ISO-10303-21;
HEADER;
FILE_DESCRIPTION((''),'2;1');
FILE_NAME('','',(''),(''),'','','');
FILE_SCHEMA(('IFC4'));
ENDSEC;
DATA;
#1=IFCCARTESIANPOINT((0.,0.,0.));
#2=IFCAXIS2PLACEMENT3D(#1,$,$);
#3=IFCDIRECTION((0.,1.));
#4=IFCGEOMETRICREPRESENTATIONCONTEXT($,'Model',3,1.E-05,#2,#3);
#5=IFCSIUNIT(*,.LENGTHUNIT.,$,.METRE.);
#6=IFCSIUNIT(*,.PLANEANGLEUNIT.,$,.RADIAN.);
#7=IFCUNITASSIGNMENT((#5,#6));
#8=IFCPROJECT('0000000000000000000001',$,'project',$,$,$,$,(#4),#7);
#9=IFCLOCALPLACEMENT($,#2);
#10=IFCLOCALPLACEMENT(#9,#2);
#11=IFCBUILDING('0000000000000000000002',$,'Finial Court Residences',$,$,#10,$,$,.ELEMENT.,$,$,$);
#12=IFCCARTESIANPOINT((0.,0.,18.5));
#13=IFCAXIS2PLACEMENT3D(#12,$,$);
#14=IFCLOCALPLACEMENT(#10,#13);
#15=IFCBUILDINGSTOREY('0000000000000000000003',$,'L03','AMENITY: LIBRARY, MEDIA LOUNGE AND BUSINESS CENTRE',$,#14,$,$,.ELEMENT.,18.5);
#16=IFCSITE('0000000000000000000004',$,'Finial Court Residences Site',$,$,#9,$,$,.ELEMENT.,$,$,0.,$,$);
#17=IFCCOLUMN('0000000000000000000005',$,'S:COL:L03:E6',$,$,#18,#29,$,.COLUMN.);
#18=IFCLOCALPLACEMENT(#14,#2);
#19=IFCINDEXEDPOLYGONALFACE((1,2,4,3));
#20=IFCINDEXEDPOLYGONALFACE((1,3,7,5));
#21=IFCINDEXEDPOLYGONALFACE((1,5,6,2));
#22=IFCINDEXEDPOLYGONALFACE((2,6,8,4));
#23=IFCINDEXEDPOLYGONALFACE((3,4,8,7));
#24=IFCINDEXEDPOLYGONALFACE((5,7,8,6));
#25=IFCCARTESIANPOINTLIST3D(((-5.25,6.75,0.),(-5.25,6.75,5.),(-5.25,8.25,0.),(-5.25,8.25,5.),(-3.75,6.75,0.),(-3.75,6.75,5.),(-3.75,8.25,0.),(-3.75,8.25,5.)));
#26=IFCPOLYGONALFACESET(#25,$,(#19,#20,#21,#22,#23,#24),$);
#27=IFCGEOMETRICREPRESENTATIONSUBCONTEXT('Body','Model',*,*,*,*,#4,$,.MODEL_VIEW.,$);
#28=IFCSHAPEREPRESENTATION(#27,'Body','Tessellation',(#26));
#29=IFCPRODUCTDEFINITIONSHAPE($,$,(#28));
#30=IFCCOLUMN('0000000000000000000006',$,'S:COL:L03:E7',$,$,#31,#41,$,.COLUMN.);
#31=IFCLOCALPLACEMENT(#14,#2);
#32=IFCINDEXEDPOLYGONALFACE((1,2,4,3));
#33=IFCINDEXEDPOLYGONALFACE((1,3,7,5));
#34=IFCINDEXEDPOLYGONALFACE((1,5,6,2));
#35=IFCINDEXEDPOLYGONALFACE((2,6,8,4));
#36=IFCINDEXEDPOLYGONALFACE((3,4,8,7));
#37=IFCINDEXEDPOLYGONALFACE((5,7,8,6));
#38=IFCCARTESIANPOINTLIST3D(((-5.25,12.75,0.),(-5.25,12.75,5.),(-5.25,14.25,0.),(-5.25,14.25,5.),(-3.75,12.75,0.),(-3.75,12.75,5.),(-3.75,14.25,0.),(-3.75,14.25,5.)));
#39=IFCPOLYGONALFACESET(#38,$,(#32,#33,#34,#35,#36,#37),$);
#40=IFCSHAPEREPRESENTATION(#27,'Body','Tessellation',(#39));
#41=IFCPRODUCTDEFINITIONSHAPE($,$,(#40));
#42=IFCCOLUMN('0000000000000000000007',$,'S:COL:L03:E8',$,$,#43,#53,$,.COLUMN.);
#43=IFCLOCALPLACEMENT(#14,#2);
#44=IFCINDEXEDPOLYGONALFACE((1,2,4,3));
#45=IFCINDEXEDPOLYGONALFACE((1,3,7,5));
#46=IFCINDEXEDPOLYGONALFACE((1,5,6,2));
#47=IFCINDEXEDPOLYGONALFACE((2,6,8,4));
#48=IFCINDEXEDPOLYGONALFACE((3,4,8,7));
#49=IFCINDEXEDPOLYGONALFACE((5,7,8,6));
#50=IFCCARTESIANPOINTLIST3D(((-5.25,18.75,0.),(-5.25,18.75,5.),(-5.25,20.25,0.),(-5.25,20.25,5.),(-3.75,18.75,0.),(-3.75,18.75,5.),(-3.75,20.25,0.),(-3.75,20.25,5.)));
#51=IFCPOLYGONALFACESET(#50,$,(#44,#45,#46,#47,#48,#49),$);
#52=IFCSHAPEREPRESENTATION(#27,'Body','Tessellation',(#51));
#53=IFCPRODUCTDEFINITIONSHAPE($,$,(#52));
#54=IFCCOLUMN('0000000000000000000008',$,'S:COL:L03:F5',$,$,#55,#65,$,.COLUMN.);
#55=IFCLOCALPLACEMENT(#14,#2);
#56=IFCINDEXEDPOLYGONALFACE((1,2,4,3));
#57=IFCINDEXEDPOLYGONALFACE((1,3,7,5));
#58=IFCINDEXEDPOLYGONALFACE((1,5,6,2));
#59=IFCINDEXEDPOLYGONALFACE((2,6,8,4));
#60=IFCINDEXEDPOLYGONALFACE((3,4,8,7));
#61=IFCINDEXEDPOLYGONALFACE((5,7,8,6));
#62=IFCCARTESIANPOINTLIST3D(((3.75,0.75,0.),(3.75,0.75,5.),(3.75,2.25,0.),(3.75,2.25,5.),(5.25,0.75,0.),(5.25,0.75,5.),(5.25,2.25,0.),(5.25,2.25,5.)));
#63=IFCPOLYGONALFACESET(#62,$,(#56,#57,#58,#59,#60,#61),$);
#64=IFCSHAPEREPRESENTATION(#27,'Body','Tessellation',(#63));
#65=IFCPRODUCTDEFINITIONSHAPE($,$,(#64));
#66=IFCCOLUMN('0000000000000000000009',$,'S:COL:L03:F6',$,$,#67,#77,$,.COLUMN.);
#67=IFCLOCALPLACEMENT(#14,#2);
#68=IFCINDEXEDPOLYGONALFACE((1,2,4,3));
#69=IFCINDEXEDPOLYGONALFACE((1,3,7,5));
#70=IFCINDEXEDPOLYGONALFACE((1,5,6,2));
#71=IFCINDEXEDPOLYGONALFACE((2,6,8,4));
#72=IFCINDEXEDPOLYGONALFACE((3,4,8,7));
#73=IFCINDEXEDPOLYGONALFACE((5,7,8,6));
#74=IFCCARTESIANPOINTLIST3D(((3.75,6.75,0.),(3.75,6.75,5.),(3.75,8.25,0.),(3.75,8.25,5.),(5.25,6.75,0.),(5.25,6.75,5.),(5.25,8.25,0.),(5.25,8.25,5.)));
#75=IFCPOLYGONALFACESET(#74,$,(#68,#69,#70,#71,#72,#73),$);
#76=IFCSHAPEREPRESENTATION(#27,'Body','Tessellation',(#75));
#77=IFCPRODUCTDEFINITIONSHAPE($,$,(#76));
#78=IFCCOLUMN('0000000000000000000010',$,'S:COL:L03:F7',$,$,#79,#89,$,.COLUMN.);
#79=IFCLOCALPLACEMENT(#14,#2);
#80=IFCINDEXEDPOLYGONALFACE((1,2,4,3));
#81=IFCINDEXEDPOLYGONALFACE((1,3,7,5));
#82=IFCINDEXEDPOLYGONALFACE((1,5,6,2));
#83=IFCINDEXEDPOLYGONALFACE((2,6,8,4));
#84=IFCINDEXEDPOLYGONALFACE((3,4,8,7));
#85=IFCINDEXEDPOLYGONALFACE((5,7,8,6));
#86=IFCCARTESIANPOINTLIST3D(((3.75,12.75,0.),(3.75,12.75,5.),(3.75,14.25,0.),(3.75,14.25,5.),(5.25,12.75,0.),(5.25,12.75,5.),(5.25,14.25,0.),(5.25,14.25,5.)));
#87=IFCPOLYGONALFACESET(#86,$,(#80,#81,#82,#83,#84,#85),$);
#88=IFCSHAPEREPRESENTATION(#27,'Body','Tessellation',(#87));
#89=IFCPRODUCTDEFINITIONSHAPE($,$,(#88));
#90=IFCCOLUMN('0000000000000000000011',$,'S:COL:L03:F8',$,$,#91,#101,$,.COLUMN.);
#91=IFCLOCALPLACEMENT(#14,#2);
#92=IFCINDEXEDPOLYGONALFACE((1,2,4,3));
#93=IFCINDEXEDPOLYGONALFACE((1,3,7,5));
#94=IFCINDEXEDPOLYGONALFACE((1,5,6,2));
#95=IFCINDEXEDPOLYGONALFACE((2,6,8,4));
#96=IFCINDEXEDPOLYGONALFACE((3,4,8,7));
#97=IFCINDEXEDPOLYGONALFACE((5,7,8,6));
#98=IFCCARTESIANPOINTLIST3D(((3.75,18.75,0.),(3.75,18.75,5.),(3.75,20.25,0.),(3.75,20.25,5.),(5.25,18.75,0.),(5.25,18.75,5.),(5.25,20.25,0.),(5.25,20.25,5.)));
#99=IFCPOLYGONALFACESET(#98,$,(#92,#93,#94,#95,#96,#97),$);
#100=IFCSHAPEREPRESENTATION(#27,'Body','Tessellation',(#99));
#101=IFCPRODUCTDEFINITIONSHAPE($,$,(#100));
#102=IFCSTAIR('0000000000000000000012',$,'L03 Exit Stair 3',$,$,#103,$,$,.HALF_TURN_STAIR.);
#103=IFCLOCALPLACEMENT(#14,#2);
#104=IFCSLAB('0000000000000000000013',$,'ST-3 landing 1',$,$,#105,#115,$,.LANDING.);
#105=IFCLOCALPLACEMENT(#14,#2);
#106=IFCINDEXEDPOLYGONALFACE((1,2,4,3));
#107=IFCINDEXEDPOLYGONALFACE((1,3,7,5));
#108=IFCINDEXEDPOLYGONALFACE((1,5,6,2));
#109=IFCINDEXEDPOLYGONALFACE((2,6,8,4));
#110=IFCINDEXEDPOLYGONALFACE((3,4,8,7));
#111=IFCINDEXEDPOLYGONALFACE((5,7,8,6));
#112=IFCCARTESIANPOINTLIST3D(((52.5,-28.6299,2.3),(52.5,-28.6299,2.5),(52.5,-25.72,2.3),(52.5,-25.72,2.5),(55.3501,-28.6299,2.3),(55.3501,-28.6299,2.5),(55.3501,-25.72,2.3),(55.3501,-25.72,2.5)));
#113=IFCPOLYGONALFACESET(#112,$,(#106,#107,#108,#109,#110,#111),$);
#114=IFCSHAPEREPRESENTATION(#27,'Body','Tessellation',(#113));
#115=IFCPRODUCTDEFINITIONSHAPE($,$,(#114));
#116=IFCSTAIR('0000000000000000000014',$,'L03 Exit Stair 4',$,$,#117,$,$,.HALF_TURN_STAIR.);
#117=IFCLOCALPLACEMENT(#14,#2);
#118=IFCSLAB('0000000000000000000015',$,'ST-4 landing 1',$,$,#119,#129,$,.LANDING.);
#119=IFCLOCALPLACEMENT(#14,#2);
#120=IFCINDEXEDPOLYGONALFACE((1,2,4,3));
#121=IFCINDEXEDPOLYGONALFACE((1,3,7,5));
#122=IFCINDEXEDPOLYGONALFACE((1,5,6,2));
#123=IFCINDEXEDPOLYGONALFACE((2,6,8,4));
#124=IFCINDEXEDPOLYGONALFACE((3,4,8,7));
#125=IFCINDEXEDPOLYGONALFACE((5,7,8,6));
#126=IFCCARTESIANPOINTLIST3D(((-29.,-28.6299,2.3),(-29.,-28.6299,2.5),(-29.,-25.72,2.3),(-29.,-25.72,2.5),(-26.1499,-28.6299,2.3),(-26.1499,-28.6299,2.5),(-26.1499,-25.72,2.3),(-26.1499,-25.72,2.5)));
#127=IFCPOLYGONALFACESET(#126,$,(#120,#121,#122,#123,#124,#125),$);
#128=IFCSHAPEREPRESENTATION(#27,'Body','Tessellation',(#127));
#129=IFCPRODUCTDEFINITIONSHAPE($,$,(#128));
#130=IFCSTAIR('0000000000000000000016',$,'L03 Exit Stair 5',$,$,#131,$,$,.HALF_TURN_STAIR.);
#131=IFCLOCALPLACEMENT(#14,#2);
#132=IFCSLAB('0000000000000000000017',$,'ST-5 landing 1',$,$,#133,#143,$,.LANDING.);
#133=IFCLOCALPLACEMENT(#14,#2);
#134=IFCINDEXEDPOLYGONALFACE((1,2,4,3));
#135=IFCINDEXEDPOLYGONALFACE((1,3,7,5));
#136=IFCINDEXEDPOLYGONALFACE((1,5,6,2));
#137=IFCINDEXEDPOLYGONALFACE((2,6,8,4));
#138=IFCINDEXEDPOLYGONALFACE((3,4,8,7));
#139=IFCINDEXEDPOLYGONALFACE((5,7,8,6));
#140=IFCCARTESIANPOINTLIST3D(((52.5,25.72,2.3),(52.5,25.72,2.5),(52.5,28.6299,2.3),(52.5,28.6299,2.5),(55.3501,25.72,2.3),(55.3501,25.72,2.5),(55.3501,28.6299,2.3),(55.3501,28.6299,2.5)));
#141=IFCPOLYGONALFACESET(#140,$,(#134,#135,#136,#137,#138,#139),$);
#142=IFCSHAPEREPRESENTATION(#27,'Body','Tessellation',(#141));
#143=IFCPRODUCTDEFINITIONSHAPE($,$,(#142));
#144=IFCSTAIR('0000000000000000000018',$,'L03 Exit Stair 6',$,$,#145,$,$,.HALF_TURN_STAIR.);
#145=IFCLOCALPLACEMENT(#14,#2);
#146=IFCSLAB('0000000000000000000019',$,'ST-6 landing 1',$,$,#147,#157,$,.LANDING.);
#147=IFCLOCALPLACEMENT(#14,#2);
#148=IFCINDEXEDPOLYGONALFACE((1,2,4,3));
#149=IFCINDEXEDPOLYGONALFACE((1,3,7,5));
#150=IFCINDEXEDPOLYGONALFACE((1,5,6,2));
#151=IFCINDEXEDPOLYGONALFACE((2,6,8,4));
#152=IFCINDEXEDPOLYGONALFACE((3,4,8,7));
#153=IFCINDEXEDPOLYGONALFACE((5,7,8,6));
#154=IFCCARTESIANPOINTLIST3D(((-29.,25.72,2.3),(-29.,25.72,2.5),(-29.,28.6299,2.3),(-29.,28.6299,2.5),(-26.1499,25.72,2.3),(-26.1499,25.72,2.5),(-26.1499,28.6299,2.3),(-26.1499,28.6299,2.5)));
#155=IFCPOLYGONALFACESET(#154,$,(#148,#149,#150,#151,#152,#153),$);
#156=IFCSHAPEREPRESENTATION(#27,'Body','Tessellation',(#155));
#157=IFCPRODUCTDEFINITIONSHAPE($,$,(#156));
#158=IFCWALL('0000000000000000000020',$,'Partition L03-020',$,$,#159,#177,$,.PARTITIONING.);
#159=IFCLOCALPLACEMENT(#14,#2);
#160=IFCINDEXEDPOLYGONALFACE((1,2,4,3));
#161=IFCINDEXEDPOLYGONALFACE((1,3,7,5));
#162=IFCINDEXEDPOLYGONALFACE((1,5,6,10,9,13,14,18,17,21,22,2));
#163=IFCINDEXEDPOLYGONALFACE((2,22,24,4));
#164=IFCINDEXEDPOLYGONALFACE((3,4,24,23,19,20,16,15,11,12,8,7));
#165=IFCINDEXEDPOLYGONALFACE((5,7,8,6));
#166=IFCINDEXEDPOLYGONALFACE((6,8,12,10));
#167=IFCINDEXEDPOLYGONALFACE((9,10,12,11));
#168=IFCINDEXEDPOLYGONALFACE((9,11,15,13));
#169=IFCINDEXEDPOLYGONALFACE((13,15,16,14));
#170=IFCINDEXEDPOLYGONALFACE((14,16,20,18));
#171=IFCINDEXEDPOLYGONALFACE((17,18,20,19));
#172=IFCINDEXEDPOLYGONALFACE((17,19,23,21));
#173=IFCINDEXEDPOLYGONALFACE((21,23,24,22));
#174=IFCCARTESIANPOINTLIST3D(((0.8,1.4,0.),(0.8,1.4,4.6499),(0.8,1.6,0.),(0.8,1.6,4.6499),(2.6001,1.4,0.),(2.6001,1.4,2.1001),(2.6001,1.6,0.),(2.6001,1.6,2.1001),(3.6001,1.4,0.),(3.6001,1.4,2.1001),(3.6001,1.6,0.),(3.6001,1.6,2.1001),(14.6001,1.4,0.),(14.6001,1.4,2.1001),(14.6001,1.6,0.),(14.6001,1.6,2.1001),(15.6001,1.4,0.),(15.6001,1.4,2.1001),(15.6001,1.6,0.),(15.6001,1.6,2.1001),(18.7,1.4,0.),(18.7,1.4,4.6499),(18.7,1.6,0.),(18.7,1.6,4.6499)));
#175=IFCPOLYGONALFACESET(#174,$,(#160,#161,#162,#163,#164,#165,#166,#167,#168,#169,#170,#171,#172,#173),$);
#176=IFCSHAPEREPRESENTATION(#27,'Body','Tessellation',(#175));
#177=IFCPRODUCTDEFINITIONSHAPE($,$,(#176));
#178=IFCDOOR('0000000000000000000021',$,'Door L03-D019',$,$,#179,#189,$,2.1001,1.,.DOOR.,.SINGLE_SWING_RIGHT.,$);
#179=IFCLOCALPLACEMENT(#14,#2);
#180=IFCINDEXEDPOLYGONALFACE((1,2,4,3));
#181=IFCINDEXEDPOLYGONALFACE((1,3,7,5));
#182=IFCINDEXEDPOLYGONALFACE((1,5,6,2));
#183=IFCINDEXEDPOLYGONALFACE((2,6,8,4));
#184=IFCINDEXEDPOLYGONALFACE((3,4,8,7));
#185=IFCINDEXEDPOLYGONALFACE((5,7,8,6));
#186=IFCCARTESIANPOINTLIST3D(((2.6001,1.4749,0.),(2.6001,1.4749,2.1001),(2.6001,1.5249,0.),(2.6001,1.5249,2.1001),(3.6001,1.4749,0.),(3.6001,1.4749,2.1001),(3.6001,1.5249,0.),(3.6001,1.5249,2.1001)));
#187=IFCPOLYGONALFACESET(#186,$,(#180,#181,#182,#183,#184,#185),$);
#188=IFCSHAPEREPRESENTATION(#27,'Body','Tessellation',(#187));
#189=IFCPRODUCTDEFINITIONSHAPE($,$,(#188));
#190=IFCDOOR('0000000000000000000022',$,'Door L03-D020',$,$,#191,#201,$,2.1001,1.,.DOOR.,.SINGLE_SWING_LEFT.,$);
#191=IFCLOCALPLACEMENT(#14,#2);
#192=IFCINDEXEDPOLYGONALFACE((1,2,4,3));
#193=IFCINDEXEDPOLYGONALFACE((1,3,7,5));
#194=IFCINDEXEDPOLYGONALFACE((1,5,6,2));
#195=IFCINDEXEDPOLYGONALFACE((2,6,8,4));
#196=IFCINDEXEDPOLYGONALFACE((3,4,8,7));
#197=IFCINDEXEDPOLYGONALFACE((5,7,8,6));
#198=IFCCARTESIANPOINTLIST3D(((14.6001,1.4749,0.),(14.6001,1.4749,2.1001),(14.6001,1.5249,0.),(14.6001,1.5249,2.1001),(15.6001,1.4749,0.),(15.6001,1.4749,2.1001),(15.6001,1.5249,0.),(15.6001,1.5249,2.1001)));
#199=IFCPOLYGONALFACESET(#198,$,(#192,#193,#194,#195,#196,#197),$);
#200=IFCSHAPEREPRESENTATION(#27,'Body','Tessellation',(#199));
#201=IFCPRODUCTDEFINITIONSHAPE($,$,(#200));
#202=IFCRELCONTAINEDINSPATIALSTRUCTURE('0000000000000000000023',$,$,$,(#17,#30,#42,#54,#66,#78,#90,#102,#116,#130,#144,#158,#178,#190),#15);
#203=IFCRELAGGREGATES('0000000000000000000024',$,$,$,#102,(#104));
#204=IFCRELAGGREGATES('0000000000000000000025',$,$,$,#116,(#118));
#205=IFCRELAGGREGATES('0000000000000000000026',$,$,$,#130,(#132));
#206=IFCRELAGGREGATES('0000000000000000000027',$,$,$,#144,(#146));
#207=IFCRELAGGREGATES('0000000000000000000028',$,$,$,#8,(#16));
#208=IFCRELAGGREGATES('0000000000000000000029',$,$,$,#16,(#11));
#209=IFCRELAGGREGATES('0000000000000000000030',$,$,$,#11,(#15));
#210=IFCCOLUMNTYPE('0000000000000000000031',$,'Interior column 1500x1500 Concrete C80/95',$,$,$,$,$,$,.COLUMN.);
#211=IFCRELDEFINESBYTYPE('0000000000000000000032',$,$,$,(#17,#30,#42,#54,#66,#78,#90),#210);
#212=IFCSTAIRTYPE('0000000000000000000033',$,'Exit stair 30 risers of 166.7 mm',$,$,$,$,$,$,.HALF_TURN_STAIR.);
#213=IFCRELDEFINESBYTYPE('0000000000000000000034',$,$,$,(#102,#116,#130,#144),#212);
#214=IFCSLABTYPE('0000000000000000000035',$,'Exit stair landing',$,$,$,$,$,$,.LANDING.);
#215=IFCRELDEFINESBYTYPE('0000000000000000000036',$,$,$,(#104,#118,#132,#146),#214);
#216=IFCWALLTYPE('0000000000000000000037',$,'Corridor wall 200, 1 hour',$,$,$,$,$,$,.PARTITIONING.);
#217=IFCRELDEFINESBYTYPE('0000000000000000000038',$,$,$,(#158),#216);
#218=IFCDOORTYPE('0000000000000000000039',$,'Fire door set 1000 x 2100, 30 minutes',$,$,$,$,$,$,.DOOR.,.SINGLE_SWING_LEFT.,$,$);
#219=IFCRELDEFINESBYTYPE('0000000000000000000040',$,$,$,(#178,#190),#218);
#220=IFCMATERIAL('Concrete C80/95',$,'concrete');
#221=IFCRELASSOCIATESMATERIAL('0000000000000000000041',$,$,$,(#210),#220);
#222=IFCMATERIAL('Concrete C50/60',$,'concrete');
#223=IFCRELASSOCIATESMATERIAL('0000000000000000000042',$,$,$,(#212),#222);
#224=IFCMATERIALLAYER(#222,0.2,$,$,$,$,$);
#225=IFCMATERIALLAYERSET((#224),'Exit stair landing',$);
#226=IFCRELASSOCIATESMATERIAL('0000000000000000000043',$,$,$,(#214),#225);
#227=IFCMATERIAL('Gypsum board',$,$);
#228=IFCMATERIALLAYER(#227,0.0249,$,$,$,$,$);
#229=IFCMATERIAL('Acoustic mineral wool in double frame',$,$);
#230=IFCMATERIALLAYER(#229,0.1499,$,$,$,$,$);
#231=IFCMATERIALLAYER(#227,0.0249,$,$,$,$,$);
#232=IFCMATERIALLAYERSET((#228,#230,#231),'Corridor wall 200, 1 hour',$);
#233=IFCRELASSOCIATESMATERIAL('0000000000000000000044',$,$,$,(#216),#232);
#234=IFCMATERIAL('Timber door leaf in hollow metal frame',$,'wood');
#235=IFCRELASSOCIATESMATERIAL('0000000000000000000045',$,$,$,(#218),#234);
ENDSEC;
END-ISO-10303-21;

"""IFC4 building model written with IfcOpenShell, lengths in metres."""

from ifc_helpers import new_model, si_unit, direction, frame, frame_2d, origin, origin_2d, place, context, subcontext, project, spatial, polyline, rectangle, outline, extrude, material, layer, layer_set, material_profile, profile_set, type_object, element, fill, aggregate, save


model = new_model("IFC4")

# Units and contexts
model_context = context("Model", 3, precision=1e-05, world=origin(), true_north=direction((0.0, 1.0)))
body_context = subcontext(model_context, "Body", "Model", "MODEL_VIEW")
ifc_project = project(units=[si_unit("LENGTHUNIT", "METRE"), si_unit("PLANEANGLEUNIT", "RADIAN")], contexts=[model_context])

# Site, building, storey
site_placement = place(None, origin())
site = spatial("IfcSite", under=ifc_project, at=site_placement, Name="Finial Court Residences Site", CompositionType="ELEMENT", RefElevation=0.0)
building_placement = place(site_placement, origin())
building = spatial("IfcBuilding", under=site, at=building_placement, Name="Finial Court Residences", CompositionType="ELEMENT")
storey_placement = place(building_placement, frame((0.0, 0.0, 18.5)))
storey = spatial("IfcBuildingStorey", under=building, at=storey_placement, Name="L03", Description="AMENITY: LIBRARY, MEDIA LOUNGE AND BUSINESS CENTRE", CompositionType="ELEMENT", Elevation=18.5)

# Columns
ifc_material_1 = material(Name="Concrete C80/95", Category="concrete")
ifc_material_profile = material_profile(ifc_material_1, rectangle(XDim=1.5, YDim=1.5, at=origin_2d()), Name="1500x1500")
ifc_profile_set = profile_set([ifc_material_profile], Name="Concrete C80/95")
column_type = type_object("IfcColumnType", Name="Interior column 1500x1500 Concrete C80/95", PredefinedType="COLUMN", material=ifc_profile_set)
for number, where, z_axis, x_axis, name in (
    (1, (-4.5, 7.5, 0.0), (0.0, 0.0, 1.0), (1.0, 0.0, 0.0), "S:COL:L03:E6"),
    (2, (-4.5, 13.5, 0.0), (0.0, 0.0, 1.0), (1.0, 0.0, 0.0), "S:COL:L03:E7"),
    (3, (-4.5, 19.5, 0.0), (0.0, 0.0, 1.0), (1.0, 0.0, 0.0), "S:COL:L03:E8"),
    (4, (4.5, 1.5, 0.0), (0.0, 0.0, 1.0), (1.0, 0.0, 0.0), "S:COL:L03:F5"),
    (5, (4.5, 7.5, 0.0), (0.0, 0.0, 1.0), (1.0, 0.0, 0.0), "S:COL:L03:F6"),
    (6, (4.5, 13.5, 0.0), (0.0, 0.0, 1.0), (1.0, 0.0, 0.0), "S:COL:L03:F7"),
    (7, (4.5, 19.5, 0.0), (0.0, 0.0, 1.0), (1.0, 0.0, 0.0), "S:COL:L03:F8"),
):
    element("IfcColumn", number, at=place(storey_placement, frame(where, z_axis=z_axis, x_axis=x_axis)), inside=storey, type_object=column_type, Name=name, PredefinedType="COLUMN", context=body_context, shape_type="SweptSolid", body=[
        extrude(rectangle(XDim=1.5, YDim=1.5, at=origin_2d()), origin(), (0.0, 0.0, 1.0), 5.0),
    ])

# Stairs, slabs
ifc_material_2 = material(Name="Concrete C50/60", Category="concrete")
stair_type = type_object("IfcStairType", Name="Exit stair 30 risers of 166.7 mm", PredefinedType="HALF_TURN_STAIR", material=ifc_material_2)
stair_1_placement = place(storey_placement, origin())
stair_1 = element("IfcStair", 8, at=stair_1_placement, inside=storey, type_object=stair_type, Name="L03 Exit Stair 3", PredefinedType="HALF_TURN_STAIR")
ifc_layer_1 = layer(ifc_material_2, 0.2)
ifc_layer_set_1 = layer_set([ifc_layer_1], Name="Exit stair landing")
slab_type = type_object("IfcSlabType", Name="Exit stair landing", PredefinedType="LANDING", material=ifc_layer_set_1)
slab_1_placement = place(storey_placement, frame((0.0, 0.0, 2.3)))
slab_1 = element("IfcSlab", 9, at=slab_1_placement, type_object=slab_type, Name="ST-3 landing 1", PredefinedType="LANDING", context=body_context, shape_type="SweptSolid", body=[
    extrude(outline(polyline([(55.3501, -28.6299), (55.3501, -25.72), (52.5, -25.72), (52.5, -28.6299), (55.3501, -28.6299)])), origin(), (0.0, 0.0, 1.0), 0.2),
])
aggregate(stair_1, [slab_1])
stair_2_placement = place(storey_placement, origin())
stair_2 = element("IfcStair", 10, at=stair_2_placement, inside=storey, type_object=stair_type, Name="L03 Exit Stair 4", PredefinedType="HALF_TURN_STAIR")
slab_2_placement = place(storey_placement, frame((0.0, 0.0, 2.3)))
slab_2 = element("IfcSlab", 11, at=slab_2_placement, type_object=slab_type, Name="ST-4 landing 1", PredefinedType="LANDING", context=body_context, shape_type="SweptSolid", body=[
    extrude(outline(polyline([(-26.1499, -28.6299), (-26.1499, -25.72), (-29.0, -25.72), (-29.0, -28.6299), (-26.1499, -28.6299)])), origin(), (0.0, 0.0, 1.0), 0.2),
])
aggregate(stair_2, [slab_2])
stair_3_placement = place(storey_placement, origin())
stair_3 = element("IfcStair", 12, at=stair_3_placement, inside=storey, type_object=stair_type, Name="L03 Exit Stair 5", PredefinedType="HALF_TURN_STAIR")
slab_3_placement = place(storey_placement, frame((0.0, 0.0, 2.3)))
slab_3 = element("IfcSlab", 13, at=slab_3_placement, type_object=slab_type, Name="ST-5 landing 1", PredefinedType="LANDING", context=body_context, shape_type="SweptSolid", body=[
    extrude(outline(polyline([(52.5, 28.6299), (52.5, 25.72), (55.3501, 25.72), (55.3501, 28.6299), (52.5, 28.6299)])), origin(), (0.0, 0.0, 1.0), 0.2),
])
aggregate(stair_3, [slab_3])
stair_4_placement = place(storey_placement, origin())
stair_4 = element("IfcStair", 14, at=stair_4_placement, inside=storey, type_object=stair_type, Name="L03 Exit Stair 6", PredefinedType="HALF_TURN_STAIR")
slab_4_placement = place(storey_placement, frame((0.0, 0.0, 2.3)))
slab_4 = element("IfcSlab", 15, at=slab_4_placement, type_object=slab_type, Name="ST-6 landing 1", PredefinedType="LANDING", context=body_context, shape_type="SweptSolid", body=[
    extrude(outline(polyline([(-29.0, 28.6299), (-29.0, 25.72), (-26.1499, 25.72), (-26.1499, 28.6299), (-29.0, 28.6299)])), origin(), (0.0, 0.0, 1.0), 0.2),
])
aggregate(stair_4, [slab_4])

# Wall, openings, doors
ifc_material_3 = material(Name="Gypsum board")
ifc_layer_2 = layer(ifc_material_3, 0.0249)
ifc_material_4 = material(Name="Acoustic mineral wool in double frame")
ifc_layer_3 = layer(ifc_material_4, 0.1499)
ifc_layer_4 = layer(ifc_material_3, 0.0249)
ifc_layer_set_2 = layer_set([ifc_layer_2, ifc_layer_3, ifc_layer_4], Name="Corridor wall 200, 1 hour")
wall_type_1 = type_object("IfcWallType", Name="Corridor wall 200, 1 hour", PredefinedType="PARTITIONING", material=ifc_layer_set_2)
wall_1_placement = place(storey_placement, frame((0.8, 1.5, 0.0), z_axis=(0.0, 0.0, 1.0), x_axis=(1.0, 0.0, 0.0)))
wall_1 = element("IfcWall", 16, at=wall_1_placement, inside=storey, type_object=wall_type_1, Name="Partition L03-020", PredefinedType="PARTITIONING", context=body_context, shape_type="SweptSolid", body=[
    extrude(rectangle(XDim=17.8999, YDim=0.2, at=frame_2d((8.95, 0.0))), origin(), (0.0, 0.0, 1.0), 4.6499),
])
opening_1_placement = place(wall_1_placement, frame((1.8, 0.0, 0.0)))
opening_1 = element("IfcOpeningElement", 17, at=opening_1_placement, cuts=wall_1, PredefinedType="OPENING", context=body_context, shape_type="SweptSolid", body=[
    extrude(rectangle(XDim=1.0, YDim=2.1001, at=frame_2d((0.5, 1.05))), frame((0.0, 0.1099, 0.0), z_axis=(0.0, -1.0, 0.0), x_axis=(1.0, 0.0, 0.0)), (0.0, 0.0, 1.0), 0.22),
])
opening_2_placement = place(wall_1_placement, frame((13.8, 0.0, 0.0)))
opening_2 = element("IfcOpeningElement", 18, at=opening_2_placement, cuts=wall_1, PredefinedType="OPENING", context=body_context, shape_type="SweptSolid", body=[
    extrude(rectangle(XDim=1.0, YDim=2.1001, at=frame_2d((0.5, 1.05))), frame((0.0, 0.1099, 0.0), z_axis=(0.0, -1.0, 0.0), x_axis=(1.0, 0.0, 0.0)), (0.0, 0.0, 1.0), 0.22),
])
ifc_material_5 = material(Name="Timber door leaf in hollow metal frame", Category="wood")
door_type = type_object("IfcDoorType", Name="Fire door set 1000 x 2100, 30 minutes", OperationType="SINGLE_SWING_LEFT", PredefinedType="DOOR", material=ifc_material_5)
door_1_placement = place(opening_1_placement, origin())
door_1 = element("IfcDoor", 19, at=door_1_placement, inside=storey, type_object=door_type, Name="Door L03-D019", OperationType="SINGLE_SWING_RIGHT", OverallHeight=2.1001, OverallWidth=1.0, PredefinedType="DOOR", context=body_context, shape_type="SweptSolid", body=[
    extrude(rectangle(XDim=1.0, YDim=2.1001, at=frame_2d((0.5, 1.05))), frame((0.0, 0.0249, 0.0), z_axis=(0.0, -1.0, 0.0), x_axis=(1.0, 0.0, 0.0)), (0.0, 0.0, 1.0), 0.05),
])
fill(opening_1, door_1)
door_2_placement = place(opening_2_placement, origin())
door_2 = element("IfcDoor", 20, at=door_2_placement, inside=storey, type_object=door_type, Name="Door L03-D020", OperationType="SINGLE_SWING_LEFT", OverallHeight=2.1001, OverallWidth=1.0, PredefinedType="DOOR", context=body_context, shape_type="SweptSolid", body=[
    extrude(rectangle(XDim=1.0, YDim=2.1001, at=frame_2d((0.5, 1.05))), frame((0.0, 0.0249, 0.0), z_axis=(0.0, -1.0, 0.0), x_axis=(1.0, 0.0, 0.0)), (0.0, 0.0, 1.0), 0.05),
])
fill(opening_2, door_2)

save(model, "model.ifc")
